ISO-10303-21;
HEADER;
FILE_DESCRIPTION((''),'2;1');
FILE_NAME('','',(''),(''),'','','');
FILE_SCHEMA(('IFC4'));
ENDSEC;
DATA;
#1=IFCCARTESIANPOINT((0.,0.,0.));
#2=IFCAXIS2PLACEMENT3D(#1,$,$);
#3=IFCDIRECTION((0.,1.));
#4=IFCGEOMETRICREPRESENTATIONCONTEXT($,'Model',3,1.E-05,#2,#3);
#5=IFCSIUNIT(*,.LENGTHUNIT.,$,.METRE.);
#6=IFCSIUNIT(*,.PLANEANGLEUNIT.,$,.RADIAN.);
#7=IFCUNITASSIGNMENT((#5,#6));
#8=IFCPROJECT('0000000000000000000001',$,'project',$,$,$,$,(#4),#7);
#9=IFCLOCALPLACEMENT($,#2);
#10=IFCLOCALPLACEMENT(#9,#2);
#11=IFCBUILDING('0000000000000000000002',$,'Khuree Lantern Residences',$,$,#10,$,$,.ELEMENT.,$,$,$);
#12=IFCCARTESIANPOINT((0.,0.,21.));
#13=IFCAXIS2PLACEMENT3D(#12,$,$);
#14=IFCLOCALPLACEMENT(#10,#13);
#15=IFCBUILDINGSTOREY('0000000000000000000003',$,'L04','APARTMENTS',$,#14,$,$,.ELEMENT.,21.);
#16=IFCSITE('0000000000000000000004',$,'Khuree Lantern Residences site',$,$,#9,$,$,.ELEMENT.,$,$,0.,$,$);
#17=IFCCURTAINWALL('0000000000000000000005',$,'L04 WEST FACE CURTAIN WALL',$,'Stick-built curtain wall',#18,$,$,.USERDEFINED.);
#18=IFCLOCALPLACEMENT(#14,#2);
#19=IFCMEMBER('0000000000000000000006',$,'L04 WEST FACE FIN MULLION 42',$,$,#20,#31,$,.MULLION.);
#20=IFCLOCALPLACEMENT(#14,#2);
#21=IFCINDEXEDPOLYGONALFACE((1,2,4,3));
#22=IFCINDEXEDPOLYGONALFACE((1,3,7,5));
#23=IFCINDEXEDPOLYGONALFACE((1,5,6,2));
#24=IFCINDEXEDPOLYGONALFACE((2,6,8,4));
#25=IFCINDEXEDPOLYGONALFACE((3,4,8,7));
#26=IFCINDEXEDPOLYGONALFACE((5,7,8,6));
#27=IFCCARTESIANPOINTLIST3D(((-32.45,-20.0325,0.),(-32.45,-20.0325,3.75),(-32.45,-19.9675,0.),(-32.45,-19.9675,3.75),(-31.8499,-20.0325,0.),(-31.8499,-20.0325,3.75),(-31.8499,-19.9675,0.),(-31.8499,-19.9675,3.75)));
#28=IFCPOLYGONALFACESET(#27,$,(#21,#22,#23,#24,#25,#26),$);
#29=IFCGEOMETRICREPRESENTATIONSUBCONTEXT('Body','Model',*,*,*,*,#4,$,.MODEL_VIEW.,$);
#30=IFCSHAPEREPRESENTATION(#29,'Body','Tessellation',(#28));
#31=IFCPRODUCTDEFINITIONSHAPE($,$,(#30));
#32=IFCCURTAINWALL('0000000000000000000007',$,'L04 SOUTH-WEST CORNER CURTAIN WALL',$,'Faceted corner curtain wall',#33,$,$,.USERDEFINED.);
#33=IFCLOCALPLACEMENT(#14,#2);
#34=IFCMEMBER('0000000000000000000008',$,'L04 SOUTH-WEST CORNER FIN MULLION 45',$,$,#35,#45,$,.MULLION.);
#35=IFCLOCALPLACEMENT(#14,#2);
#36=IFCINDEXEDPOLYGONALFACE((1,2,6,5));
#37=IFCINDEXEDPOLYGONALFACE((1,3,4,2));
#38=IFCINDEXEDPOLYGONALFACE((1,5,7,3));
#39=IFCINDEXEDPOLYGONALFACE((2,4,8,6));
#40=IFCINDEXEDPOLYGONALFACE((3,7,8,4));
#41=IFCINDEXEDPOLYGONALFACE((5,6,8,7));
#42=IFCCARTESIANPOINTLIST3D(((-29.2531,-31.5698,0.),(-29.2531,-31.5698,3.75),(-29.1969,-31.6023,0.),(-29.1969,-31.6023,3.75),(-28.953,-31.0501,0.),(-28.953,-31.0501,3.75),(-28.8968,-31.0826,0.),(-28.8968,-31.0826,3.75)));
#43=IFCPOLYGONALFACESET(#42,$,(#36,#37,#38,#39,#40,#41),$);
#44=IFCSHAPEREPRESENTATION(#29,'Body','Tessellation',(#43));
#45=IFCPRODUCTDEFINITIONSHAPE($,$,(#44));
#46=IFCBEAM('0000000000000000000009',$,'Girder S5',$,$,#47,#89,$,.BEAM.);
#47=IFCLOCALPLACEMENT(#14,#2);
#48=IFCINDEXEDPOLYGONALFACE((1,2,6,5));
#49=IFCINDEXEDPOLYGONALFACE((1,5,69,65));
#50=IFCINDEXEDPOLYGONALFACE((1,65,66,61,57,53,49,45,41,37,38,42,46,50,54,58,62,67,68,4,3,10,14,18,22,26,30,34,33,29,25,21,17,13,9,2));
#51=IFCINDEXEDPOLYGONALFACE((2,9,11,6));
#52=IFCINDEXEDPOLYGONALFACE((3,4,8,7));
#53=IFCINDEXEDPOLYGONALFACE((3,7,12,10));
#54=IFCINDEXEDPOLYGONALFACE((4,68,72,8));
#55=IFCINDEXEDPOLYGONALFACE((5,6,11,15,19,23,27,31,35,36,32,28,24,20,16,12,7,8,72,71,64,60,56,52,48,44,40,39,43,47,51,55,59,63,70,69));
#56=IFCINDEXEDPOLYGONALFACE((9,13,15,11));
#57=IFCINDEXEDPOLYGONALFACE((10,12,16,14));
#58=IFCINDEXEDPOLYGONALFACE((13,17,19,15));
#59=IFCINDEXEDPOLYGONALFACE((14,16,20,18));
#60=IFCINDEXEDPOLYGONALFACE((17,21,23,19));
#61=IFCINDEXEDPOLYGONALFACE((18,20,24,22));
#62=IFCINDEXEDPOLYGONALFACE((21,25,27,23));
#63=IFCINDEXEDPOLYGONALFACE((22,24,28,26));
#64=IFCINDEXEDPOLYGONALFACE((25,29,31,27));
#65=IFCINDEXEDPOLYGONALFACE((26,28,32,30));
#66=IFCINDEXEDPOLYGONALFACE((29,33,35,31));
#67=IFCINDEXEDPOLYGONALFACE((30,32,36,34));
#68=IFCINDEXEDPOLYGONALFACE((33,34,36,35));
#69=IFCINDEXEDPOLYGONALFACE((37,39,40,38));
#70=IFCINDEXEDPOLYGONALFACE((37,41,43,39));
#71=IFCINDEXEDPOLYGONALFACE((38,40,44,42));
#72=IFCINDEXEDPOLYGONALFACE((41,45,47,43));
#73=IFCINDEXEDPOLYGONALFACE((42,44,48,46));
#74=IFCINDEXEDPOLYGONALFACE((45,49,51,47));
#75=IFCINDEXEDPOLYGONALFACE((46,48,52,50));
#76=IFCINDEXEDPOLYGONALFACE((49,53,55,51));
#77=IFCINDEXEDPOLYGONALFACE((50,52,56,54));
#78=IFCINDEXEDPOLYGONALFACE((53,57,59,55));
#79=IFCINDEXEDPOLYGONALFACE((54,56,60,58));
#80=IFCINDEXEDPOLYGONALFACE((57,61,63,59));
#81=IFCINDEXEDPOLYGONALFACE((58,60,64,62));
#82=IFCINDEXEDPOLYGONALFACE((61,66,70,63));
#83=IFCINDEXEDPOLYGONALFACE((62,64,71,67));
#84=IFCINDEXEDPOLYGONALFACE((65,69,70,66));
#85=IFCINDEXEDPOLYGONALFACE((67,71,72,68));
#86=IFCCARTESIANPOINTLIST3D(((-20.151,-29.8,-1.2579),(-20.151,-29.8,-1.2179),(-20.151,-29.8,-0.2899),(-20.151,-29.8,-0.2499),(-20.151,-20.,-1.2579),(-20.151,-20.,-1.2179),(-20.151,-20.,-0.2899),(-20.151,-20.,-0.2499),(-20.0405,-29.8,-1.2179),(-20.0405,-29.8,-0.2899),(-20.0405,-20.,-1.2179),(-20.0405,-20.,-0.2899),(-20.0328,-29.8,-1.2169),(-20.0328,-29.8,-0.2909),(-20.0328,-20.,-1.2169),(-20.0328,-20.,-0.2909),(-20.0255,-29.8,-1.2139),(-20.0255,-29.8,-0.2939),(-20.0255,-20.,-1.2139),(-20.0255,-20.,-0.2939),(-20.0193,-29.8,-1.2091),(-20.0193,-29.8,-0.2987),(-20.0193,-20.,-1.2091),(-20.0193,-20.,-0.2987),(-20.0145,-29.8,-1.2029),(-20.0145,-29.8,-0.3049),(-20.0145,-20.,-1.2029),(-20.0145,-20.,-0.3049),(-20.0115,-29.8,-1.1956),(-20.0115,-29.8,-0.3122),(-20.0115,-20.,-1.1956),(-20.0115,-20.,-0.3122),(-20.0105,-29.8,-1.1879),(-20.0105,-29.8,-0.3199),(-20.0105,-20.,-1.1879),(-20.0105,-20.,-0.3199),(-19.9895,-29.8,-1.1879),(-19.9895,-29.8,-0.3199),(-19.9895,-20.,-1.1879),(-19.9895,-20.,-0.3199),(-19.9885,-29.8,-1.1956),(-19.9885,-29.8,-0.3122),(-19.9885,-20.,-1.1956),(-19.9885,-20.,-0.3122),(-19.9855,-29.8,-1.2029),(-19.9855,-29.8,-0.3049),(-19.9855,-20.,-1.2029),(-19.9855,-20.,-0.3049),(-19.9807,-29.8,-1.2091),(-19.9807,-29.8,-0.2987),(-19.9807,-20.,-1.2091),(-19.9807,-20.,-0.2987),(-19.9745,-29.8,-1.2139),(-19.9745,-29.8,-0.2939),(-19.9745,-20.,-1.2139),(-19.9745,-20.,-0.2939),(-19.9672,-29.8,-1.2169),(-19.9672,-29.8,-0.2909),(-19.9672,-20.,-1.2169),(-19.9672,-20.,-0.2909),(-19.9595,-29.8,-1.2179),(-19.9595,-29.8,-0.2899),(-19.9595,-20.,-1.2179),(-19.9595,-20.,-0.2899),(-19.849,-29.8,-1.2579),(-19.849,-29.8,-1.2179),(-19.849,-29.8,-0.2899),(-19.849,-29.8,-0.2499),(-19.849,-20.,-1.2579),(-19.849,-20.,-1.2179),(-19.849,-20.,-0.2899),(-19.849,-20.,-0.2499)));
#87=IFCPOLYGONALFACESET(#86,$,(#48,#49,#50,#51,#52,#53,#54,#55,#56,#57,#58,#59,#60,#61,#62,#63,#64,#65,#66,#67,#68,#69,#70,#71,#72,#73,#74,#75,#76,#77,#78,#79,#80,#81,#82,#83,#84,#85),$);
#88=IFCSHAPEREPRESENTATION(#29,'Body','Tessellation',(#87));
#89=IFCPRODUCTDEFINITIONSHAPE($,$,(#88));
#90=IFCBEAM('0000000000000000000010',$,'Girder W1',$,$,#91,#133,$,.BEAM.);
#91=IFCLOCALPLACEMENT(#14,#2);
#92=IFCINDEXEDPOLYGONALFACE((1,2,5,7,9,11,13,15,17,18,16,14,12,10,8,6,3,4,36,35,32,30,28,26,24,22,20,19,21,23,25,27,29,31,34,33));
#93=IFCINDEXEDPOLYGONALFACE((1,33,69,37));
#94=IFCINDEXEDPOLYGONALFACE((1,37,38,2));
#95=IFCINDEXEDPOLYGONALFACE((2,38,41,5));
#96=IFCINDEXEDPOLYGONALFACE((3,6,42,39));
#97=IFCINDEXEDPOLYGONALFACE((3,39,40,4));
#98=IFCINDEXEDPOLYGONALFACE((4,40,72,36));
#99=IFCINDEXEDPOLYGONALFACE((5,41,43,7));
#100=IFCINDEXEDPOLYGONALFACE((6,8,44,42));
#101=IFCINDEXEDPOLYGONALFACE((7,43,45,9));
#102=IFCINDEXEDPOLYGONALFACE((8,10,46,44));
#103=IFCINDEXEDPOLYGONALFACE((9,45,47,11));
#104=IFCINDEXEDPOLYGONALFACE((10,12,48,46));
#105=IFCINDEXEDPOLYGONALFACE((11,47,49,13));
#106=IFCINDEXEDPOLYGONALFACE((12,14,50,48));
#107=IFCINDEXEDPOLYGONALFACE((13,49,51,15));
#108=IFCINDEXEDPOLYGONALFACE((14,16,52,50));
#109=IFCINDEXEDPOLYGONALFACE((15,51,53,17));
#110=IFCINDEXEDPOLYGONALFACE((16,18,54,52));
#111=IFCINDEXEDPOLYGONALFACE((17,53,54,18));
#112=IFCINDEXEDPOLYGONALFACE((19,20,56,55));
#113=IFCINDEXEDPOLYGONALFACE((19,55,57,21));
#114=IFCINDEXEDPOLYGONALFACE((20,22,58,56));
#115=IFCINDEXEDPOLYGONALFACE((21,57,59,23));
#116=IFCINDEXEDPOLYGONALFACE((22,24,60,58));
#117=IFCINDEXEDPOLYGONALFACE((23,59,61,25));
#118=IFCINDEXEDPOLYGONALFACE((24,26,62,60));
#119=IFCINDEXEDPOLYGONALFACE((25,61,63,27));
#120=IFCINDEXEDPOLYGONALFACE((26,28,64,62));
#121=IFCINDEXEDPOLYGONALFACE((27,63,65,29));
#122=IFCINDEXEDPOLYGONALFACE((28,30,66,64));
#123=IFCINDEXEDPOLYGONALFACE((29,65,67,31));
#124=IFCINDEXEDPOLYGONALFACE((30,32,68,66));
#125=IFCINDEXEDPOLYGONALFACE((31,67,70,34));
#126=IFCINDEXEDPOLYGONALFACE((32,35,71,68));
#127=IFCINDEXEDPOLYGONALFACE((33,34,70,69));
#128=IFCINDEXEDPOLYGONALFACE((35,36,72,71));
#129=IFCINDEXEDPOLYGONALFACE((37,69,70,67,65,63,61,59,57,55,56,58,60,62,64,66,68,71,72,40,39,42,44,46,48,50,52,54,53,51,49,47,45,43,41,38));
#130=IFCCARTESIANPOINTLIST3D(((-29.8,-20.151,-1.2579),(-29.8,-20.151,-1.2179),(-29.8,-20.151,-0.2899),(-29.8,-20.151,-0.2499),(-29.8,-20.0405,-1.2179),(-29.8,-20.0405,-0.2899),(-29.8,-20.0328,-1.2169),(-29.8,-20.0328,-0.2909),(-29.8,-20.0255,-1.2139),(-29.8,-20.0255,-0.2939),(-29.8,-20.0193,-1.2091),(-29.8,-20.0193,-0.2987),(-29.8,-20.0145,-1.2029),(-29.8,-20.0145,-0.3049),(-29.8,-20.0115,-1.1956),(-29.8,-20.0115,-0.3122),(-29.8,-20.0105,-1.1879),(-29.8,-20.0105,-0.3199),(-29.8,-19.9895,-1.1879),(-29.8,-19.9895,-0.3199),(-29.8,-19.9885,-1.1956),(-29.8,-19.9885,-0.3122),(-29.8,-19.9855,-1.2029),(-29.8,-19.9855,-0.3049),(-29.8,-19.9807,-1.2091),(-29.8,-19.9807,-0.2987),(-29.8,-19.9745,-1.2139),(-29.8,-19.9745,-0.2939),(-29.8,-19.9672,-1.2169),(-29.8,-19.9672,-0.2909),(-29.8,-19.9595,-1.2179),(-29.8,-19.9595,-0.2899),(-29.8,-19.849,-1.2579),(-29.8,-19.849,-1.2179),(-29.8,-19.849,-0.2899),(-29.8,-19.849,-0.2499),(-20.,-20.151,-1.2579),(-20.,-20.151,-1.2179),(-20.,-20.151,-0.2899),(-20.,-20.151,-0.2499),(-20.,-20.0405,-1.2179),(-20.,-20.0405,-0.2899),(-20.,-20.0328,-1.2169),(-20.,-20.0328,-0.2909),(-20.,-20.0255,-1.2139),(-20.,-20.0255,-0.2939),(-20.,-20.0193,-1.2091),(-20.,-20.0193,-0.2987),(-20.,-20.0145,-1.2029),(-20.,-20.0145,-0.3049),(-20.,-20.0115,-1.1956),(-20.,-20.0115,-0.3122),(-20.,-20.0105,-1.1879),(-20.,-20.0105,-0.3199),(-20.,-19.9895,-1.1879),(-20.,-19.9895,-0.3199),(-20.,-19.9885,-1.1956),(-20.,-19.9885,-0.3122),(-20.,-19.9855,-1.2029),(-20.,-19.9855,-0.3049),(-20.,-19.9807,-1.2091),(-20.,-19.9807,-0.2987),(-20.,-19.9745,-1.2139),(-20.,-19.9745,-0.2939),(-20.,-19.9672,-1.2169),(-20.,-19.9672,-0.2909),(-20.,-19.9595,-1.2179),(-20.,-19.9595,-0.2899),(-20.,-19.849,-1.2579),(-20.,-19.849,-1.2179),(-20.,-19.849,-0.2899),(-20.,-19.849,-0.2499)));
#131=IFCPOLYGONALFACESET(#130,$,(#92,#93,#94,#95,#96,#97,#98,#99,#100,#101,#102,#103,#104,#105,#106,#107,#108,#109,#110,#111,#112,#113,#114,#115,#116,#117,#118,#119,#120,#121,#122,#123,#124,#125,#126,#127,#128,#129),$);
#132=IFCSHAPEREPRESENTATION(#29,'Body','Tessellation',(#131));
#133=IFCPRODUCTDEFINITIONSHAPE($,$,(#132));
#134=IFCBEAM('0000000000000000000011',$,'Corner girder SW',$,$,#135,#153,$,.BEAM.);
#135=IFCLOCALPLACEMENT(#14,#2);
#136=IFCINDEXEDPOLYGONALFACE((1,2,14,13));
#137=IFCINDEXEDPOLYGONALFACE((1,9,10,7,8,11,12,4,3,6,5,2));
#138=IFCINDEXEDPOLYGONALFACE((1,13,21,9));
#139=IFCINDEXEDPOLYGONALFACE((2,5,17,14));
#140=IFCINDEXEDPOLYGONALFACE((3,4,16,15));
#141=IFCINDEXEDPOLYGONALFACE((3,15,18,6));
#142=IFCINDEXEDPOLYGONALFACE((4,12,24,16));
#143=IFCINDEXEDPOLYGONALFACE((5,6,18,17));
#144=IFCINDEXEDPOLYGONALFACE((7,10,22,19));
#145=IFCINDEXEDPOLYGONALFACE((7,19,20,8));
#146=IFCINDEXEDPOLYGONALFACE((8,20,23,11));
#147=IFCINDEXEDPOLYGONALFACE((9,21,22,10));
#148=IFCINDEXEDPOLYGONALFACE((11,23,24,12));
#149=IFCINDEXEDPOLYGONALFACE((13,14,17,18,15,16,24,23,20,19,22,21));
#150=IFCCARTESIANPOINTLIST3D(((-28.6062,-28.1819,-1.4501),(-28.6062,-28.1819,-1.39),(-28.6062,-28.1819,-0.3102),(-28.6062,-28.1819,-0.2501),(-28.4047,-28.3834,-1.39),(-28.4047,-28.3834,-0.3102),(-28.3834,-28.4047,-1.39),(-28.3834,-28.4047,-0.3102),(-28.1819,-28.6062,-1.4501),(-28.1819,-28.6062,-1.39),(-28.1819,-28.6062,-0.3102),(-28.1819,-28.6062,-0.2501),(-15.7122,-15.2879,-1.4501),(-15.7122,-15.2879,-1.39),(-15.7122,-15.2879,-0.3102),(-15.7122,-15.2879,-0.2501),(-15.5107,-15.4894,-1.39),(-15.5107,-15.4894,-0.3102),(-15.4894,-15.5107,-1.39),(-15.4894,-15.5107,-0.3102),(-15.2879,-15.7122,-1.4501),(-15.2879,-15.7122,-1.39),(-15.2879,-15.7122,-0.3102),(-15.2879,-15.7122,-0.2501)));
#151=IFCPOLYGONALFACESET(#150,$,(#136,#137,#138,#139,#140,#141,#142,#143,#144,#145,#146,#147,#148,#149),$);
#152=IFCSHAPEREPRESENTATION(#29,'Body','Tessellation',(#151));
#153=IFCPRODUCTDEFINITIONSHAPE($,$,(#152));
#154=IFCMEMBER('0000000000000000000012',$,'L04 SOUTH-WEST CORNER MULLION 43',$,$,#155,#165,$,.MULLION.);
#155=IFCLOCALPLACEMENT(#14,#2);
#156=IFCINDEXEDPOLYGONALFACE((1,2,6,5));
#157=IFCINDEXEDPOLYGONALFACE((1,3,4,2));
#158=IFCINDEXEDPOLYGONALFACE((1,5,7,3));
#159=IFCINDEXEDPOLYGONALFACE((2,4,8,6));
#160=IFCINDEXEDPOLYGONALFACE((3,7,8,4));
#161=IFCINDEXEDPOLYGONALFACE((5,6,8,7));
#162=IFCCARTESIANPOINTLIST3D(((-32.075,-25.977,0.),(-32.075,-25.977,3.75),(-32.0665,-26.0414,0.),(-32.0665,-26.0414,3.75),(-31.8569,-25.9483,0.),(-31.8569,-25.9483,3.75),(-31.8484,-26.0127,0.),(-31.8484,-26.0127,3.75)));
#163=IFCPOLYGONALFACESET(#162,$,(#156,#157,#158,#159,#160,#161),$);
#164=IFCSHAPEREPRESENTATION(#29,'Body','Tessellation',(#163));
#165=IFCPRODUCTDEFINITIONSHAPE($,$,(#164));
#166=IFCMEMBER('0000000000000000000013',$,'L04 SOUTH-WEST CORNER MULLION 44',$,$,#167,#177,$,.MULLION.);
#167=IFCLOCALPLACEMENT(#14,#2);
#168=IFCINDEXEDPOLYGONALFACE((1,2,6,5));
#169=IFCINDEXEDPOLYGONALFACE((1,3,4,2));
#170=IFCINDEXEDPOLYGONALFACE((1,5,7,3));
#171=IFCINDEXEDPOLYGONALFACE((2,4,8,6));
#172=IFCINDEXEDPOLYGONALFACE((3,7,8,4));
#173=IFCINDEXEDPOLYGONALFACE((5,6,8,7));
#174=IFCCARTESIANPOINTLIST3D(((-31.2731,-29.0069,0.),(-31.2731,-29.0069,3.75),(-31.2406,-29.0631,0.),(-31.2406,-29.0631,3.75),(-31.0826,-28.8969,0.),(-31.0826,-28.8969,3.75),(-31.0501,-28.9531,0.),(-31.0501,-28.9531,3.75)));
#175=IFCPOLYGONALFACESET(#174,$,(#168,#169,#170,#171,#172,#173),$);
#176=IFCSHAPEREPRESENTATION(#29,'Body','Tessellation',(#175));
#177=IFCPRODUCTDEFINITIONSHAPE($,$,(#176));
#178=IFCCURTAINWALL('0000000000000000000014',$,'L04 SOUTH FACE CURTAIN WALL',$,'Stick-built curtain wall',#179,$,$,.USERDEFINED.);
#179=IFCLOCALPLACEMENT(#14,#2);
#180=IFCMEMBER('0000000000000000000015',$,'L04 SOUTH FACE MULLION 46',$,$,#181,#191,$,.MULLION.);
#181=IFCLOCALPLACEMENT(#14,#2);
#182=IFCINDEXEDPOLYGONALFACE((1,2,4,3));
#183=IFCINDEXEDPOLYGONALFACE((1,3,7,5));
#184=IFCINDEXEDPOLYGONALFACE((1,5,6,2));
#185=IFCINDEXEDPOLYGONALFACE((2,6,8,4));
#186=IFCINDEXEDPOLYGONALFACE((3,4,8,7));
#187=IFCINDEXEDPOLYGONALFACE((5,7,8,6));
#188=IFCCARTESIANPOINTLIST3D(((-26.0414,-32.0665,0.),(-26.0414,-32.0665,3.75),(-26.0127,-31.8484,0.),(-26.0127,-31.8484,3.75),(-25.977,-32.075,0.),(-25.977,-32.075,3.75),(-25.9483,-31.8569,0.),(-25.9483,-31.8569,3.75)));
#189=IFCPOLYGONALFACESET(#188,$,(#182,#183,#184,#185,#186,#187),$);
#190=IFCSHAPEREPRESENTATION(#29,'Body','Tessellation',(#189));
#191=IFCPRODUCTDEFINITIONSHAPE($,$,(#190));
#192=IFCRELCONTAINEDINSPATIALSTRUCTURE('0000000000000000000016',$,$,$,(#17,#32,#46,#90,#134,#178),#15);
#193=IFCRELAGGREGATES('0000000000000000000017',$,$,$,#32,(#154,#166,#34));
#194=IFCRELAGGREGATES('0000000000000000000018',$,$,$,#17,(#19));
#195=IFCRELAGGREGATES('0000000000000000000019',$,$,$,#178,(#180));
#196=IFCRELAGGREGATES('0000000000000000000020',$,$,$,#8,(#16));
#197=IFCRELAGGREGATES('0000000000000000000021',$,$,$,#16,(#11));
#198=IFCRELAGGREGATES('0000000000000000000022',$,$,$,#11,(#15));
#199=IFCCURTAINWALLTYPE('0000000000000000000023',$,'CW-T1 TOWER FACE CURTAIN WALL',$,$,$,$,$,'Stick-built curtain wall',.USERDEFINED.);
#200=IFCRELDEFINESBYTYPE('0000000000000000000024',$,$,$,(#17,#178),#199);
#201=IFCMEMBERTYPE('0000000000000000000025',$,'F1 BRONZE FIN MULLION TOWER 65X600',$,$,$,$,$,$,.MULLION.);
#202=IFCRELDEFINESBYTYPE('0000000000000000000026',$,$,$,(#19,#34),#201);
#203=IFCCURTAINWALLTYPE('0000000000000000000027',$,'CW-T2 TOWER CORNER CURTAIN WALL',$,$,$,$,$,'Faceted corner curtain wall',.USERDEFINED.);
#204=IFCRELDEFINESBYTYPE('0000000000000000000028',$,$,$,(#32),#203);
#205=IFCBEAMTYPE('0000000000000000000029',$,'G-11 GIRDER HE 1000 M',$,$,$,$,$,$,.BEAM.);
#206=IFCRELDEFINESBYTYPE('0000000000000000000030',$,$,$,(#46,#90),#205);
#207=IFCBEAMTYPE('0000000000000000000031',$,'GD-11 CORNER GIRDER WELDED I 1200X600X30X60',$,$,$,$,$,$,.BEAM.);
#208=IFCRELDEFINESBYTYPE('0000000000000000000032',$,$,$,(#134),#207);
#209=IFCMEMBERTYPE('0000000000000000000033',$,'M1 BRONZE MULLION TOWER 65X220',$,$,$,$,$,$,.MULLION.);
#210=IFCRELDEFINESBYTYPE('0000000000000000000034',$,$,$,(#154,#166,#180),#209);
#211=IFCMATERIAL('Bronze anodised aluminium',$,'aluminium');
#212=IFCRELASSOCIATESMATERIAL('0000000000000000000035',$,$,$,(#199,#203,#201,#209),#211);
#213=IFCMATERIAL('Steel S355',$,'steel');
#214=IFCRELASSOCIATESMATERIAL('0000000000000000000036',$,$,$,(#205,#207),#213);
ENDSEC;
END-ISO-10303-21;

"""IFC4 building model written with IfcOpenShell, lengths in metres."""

from ifc_helpers import new_model, si_unit, direction, frame, origin, origin_2d, place, context, subcontext, project, spatial, rectangle, i_section, extrude, material, material_profile, profile_set, type_object, element, aggregate, save


model = new_model("IFC4")

# Units and contexts
model_context = context("Model", 3, precision=1e-05, world=origin(), true_north=direction((0.0, 1.0)))
body_context = subcontext(model_context, "Body", "Model", "MODEL_VIEW")
ifc_project = project(units=[si_unit("LENGTHUNIT", "METRE"), si_unit("PLANEANGLEUNIT", "RADIAN")], contexts=[model_context])

# Site, building, storey
site_placement = place(None, origin())
site = spatial("IfcSite", under=ifc_project, at=site_placement, Name="Khuree Lantern Residences site", CompositionType="ELEMENT", RefElevation=0.0)
building_placement = place(site_placement, origin())
building = spatial("IfcBuilding", under=site, at=building_placement, Name="Khuree Lantern Residences", CompositionType="ELEMENT")
storey_placement = place(building_placement, frame((0.0, 0.0, 21.0)))
storey = spatial("IfcBuildingStorey", under=building, at=storey_placement, Name="L04", Description="APARTMENTS", CompositionType="ELEMENT", Elevation=21.0)

# Shared definitions
ifc_material_1 = material(Name="Steel S355", Category="steel")

# Curtain walls, members
ifc_material_2 = material(Name="Bronze anodised aluminium", Category="aluminium")
curtain_wall_type_1 = type_object("IfcCurtainWallType", Name="CW-T1 TOWER FACE CURTAIN WALL", ElementType="Stick-built curtain wall", PredefinedType="USERDEFINED", material=ifc_material_2)
curtain_wall_1_placement = place(storey_placement, origin())
curtain_wall_1 = element("IfcCurtainWall", 1, at=curtain_wall_1_placement, inside=storey, type_object=curtain_wall_type_1, Name="L04 WEST FACE CURTAIN WALL", ObjectType="Stick-built curtain wall", PredefinedType="USERDEFINED")
ifc_material_profile_1 = material_profile(ifc_material_2, rectangle(XDim=0.0649, YDim=0.6001, at=origin_2d()), Name="F1 65X600")
ifc_profile_set_1 = profile_set([ifc_material_profile_1], Name="Bronze anodised aluminium")
member_type_1 = type_object("IfcMemberType", Name="F1 BRONZE FIN MULLION TOWER 65X600", PredefinedType="MULLION", material=ifc_profile_set_1)
member_1_placement = place(storey_placement, frame((-32.1499, -20.0, 0.0), z_axis=(0.0, 0.0, 1.0), x_axis=(0.0, -1.0, 0.0)))
member_1 = element("IfcMember", 2, at=member_1_placement, type_object=member_type_1, Name="L04 WEST FACE FIN MULLION 42", PredefinedType="MULLION", context=body_context, shape_type="SweptSolid", body=[
    extrude(rectangle(XDim=0.0649, YDim=0.6001, at=origin_2d()), origin(), (0.0, 0.0, 1.0), 3.75),
])
curtain_wall_type_2 = type_object("IfcCurtainWallType", Name="CW-T2 TOWER CORNER CURTAIN WALL", ElementType="Faceted corner curtain wall", PredefinedType="USERDEFINED", material=ifc_material_2)
curtain_wall_2_placement = place(storey_placement, origin())
curtain_wall_2 = element("IfcCurtainWall", 3, at=curtain_wall_2_placement, inside=storey, type_object=curtain_wall_type_2, Name="L04 SOUTH-WEST CORNER CURTAIN WALL", ObjectType="Faceted corner curtain wall", PredefinedType="USERDEFINED")
member_2_placement = place(storey_placement, frame((-29.075, -31.3262, 0.0), z_axis=(0.0, 0.0, 1.0), x_axis=(0.866025, -0.5, 0.0)))
member_2 = element("IfcMember", 4, at=member_2_placement, type_object=member_type_1, Name="L04 SOUTH-WEST CORNER FIN MULLION 45", PredefinedType="MULLION", context=body_context, shape_type="SweptSolid", body=[
    extrude(rectangle(XDim=0.0649, YDim=0.6001, at=origin_2d()), origin(), (0.0, 0.0, 1.0), 3.75),
])

# Beams
ifc_material_profile_2 = material_profile(ifc_material_1, i_section(OverallWidth=0.302, OverallDepth=1.0081, WebThickness=0.021, FlangeThickness=0.04, FilletRadius=0.03, at=origin_2d()), Name="HE 1000 M")
ifc_profile_set_2 = profile_set([ifc_material_profile_2], Name="Steel S355")
beam_type_1 = type_object("IfcBeamType", Name="G-11 GIRDER HE 1000 M", PredefinedType="BEAM", material=ifc_profile_set_2)
for number, where, z_axis, x_axis, name in (
    (5, (-20.0, -29.8, -0.7539), (0.0, 1.0, 0.0), (-1.0, 0.0, 0.0), "Girder S5"),
    (6, (-29.8, -20.0, -0.7539), (1.0, 0.0, 0.0), (0.0, 1.0, 0.0), "Girder W1"),
):
    element("IfcBeam", number, at=place(storey_placement, frame(where, z_axis=z_axis, x_axis=x_axis)), inside=storey, type_object=beam_type_1, Name=name, PredefinedType="BEAM", context=body_context, shape_type="SweptSolid", body=[
        extrude(i_section(OverallWidth=0.302, OverallDepth=1.0081, WebThickness=0.021, FlangeThickness=0.04, FilletRadius=0.03, at=origin_2d()), origin(), (0.0, 0.0, 1.0), 9.8),
    ])
ifc_material_profile_3 = material_profile(ifc_material_1, i_section(OverallWidth=0.6001, OverallDepth=1.2, WebThickness=0.03, FlangeThickness=0.0601, at=origin_2d()), Name="WELDED I 1200X600X30X60")
ifc_profile_set_3 = profile_set([ifc_material_profile_3], Name="Steel S355")
beam_type_2 = type_object("IfcBeamType", Name="GD-11 CORNER GIRDER WELDED I 1200X600X30X60", PredefinedType="BEAM", material=ifc_profile_set_3)
beam_1_placement = place(storey_placement, frame((-28.394, -28.394, -0.8501), z_axis=(0.707107, 0.707107, 0.0), x_axis=(-0.707107, 0.707107, 0.0)))
element("IfcBeam", 7, at=beam_1_placement, inside=storey, type_object=beam_type_2, Name="Corner girder SW", PredefinedType="BEAM", context=body_context, shape_type="SweptSolid", body=[
    extrude(i_section(OverallWidth=0.6001, OverallDepth=1.2, WebThickness=0.03, FlangeThickness=0.0601, at=origin_2d()), origin(), (0.0, 0.0, 1.0), 18.2349),
])

# Members
ifc_material_profile_4 = material_profile(ifc_material_2, rectangle(XDim=0.0649, YDim=0.22, at=origin_2d()), Name="M1 65X220")
ifc_profile_set_4 = profile_set([ifc_material_profile_4], Name="Bronze anodised aluminium")
member_type_2 = type_object("IfcMemberType", Name="M1 BRONZE MULLION TOWER 65X220", PredefinedType="MULLION", material=ifc_profile_set_4)
member_3_placement = place(storey_placement, frame((-31.9617, -25.9949, 0.0), z_axis=(0.0, 0.0, 1.0), x_axis=(0.130526, -0.991445, 0.0)))
member_3 = element("IfcMember", 8, at=member_3_placement, type_object=member_type_2, Name="L04 SOUTH-WEST CORNER MULLION 43", PredefinedType="MULLION", context=body_context, shape_type="SweptSolid", body=[
    extrude(rectangle(XDim=0.0649, YDim=0.22, at=origin_2d()), origin(), (0.0, 0.0, 1.0), 3.75),
])
member_4_placement = place(storey_placement, frame((-31.1616, -28.98, 0.0), z_axis=(0.0, 0.0, 1.0), x_axis=(0.5, -0.866025, 0.0)))
member_4 = element("IfcMember", 9, at=member_4_placement, type_object=member_type_2, Name="L04 SOUTH-WEST CORNER MULLION 44", PredefinedType="MULLION", context=body_context, shape_type="SweptSolid", body=[
    extrude(rectangle(XDim=0.0649, YDim=0.22, at=origin_2d()), origin(), (0.0, 0.0, 1.0), 3.75),
])

# Curtain wall, member
curtain_wall_3_placement = place(storey_placement, origin())
curtain_wall_3 = element("IfcCurtainWall", 10, at=curtain_wall_3_placement, inside=storey, type_object=curtain_wall_type_1, Name="L04 SOUTH FACE CURTAIN WALL", ObjectType="Stick-built curtain wall", PredefinedType="USERDEFINED")
member_5_placement = place(storey_placement, frame((-25.9949, -31.9617, 0.0), z_axis=(0.0, 0.0, 1.0), x_axis=(0.991445, -0.130526, 0.0)))
member_5 = element("IfcMember", 11, at=member_5_placement, type_object=member_type_2, Name="L04 SOUTH FACE MULLION 46", PredefinedType="MULLION", context=body_context, shape_type="SweptSolid", body=[
    extrude(rectangle(XDim=0.0649, YDim=0.22, at=origin_2d()), origin(), (0.0, 0.0, 1.0), 3.75),
])

aggregate(curtain_wall_2, [member_3, member_4, member_2])
aggregate(curtain_wall_1, [member_1])
aggregate(curtain_wall_3, [member_5])

save(model, "model.ifc")
